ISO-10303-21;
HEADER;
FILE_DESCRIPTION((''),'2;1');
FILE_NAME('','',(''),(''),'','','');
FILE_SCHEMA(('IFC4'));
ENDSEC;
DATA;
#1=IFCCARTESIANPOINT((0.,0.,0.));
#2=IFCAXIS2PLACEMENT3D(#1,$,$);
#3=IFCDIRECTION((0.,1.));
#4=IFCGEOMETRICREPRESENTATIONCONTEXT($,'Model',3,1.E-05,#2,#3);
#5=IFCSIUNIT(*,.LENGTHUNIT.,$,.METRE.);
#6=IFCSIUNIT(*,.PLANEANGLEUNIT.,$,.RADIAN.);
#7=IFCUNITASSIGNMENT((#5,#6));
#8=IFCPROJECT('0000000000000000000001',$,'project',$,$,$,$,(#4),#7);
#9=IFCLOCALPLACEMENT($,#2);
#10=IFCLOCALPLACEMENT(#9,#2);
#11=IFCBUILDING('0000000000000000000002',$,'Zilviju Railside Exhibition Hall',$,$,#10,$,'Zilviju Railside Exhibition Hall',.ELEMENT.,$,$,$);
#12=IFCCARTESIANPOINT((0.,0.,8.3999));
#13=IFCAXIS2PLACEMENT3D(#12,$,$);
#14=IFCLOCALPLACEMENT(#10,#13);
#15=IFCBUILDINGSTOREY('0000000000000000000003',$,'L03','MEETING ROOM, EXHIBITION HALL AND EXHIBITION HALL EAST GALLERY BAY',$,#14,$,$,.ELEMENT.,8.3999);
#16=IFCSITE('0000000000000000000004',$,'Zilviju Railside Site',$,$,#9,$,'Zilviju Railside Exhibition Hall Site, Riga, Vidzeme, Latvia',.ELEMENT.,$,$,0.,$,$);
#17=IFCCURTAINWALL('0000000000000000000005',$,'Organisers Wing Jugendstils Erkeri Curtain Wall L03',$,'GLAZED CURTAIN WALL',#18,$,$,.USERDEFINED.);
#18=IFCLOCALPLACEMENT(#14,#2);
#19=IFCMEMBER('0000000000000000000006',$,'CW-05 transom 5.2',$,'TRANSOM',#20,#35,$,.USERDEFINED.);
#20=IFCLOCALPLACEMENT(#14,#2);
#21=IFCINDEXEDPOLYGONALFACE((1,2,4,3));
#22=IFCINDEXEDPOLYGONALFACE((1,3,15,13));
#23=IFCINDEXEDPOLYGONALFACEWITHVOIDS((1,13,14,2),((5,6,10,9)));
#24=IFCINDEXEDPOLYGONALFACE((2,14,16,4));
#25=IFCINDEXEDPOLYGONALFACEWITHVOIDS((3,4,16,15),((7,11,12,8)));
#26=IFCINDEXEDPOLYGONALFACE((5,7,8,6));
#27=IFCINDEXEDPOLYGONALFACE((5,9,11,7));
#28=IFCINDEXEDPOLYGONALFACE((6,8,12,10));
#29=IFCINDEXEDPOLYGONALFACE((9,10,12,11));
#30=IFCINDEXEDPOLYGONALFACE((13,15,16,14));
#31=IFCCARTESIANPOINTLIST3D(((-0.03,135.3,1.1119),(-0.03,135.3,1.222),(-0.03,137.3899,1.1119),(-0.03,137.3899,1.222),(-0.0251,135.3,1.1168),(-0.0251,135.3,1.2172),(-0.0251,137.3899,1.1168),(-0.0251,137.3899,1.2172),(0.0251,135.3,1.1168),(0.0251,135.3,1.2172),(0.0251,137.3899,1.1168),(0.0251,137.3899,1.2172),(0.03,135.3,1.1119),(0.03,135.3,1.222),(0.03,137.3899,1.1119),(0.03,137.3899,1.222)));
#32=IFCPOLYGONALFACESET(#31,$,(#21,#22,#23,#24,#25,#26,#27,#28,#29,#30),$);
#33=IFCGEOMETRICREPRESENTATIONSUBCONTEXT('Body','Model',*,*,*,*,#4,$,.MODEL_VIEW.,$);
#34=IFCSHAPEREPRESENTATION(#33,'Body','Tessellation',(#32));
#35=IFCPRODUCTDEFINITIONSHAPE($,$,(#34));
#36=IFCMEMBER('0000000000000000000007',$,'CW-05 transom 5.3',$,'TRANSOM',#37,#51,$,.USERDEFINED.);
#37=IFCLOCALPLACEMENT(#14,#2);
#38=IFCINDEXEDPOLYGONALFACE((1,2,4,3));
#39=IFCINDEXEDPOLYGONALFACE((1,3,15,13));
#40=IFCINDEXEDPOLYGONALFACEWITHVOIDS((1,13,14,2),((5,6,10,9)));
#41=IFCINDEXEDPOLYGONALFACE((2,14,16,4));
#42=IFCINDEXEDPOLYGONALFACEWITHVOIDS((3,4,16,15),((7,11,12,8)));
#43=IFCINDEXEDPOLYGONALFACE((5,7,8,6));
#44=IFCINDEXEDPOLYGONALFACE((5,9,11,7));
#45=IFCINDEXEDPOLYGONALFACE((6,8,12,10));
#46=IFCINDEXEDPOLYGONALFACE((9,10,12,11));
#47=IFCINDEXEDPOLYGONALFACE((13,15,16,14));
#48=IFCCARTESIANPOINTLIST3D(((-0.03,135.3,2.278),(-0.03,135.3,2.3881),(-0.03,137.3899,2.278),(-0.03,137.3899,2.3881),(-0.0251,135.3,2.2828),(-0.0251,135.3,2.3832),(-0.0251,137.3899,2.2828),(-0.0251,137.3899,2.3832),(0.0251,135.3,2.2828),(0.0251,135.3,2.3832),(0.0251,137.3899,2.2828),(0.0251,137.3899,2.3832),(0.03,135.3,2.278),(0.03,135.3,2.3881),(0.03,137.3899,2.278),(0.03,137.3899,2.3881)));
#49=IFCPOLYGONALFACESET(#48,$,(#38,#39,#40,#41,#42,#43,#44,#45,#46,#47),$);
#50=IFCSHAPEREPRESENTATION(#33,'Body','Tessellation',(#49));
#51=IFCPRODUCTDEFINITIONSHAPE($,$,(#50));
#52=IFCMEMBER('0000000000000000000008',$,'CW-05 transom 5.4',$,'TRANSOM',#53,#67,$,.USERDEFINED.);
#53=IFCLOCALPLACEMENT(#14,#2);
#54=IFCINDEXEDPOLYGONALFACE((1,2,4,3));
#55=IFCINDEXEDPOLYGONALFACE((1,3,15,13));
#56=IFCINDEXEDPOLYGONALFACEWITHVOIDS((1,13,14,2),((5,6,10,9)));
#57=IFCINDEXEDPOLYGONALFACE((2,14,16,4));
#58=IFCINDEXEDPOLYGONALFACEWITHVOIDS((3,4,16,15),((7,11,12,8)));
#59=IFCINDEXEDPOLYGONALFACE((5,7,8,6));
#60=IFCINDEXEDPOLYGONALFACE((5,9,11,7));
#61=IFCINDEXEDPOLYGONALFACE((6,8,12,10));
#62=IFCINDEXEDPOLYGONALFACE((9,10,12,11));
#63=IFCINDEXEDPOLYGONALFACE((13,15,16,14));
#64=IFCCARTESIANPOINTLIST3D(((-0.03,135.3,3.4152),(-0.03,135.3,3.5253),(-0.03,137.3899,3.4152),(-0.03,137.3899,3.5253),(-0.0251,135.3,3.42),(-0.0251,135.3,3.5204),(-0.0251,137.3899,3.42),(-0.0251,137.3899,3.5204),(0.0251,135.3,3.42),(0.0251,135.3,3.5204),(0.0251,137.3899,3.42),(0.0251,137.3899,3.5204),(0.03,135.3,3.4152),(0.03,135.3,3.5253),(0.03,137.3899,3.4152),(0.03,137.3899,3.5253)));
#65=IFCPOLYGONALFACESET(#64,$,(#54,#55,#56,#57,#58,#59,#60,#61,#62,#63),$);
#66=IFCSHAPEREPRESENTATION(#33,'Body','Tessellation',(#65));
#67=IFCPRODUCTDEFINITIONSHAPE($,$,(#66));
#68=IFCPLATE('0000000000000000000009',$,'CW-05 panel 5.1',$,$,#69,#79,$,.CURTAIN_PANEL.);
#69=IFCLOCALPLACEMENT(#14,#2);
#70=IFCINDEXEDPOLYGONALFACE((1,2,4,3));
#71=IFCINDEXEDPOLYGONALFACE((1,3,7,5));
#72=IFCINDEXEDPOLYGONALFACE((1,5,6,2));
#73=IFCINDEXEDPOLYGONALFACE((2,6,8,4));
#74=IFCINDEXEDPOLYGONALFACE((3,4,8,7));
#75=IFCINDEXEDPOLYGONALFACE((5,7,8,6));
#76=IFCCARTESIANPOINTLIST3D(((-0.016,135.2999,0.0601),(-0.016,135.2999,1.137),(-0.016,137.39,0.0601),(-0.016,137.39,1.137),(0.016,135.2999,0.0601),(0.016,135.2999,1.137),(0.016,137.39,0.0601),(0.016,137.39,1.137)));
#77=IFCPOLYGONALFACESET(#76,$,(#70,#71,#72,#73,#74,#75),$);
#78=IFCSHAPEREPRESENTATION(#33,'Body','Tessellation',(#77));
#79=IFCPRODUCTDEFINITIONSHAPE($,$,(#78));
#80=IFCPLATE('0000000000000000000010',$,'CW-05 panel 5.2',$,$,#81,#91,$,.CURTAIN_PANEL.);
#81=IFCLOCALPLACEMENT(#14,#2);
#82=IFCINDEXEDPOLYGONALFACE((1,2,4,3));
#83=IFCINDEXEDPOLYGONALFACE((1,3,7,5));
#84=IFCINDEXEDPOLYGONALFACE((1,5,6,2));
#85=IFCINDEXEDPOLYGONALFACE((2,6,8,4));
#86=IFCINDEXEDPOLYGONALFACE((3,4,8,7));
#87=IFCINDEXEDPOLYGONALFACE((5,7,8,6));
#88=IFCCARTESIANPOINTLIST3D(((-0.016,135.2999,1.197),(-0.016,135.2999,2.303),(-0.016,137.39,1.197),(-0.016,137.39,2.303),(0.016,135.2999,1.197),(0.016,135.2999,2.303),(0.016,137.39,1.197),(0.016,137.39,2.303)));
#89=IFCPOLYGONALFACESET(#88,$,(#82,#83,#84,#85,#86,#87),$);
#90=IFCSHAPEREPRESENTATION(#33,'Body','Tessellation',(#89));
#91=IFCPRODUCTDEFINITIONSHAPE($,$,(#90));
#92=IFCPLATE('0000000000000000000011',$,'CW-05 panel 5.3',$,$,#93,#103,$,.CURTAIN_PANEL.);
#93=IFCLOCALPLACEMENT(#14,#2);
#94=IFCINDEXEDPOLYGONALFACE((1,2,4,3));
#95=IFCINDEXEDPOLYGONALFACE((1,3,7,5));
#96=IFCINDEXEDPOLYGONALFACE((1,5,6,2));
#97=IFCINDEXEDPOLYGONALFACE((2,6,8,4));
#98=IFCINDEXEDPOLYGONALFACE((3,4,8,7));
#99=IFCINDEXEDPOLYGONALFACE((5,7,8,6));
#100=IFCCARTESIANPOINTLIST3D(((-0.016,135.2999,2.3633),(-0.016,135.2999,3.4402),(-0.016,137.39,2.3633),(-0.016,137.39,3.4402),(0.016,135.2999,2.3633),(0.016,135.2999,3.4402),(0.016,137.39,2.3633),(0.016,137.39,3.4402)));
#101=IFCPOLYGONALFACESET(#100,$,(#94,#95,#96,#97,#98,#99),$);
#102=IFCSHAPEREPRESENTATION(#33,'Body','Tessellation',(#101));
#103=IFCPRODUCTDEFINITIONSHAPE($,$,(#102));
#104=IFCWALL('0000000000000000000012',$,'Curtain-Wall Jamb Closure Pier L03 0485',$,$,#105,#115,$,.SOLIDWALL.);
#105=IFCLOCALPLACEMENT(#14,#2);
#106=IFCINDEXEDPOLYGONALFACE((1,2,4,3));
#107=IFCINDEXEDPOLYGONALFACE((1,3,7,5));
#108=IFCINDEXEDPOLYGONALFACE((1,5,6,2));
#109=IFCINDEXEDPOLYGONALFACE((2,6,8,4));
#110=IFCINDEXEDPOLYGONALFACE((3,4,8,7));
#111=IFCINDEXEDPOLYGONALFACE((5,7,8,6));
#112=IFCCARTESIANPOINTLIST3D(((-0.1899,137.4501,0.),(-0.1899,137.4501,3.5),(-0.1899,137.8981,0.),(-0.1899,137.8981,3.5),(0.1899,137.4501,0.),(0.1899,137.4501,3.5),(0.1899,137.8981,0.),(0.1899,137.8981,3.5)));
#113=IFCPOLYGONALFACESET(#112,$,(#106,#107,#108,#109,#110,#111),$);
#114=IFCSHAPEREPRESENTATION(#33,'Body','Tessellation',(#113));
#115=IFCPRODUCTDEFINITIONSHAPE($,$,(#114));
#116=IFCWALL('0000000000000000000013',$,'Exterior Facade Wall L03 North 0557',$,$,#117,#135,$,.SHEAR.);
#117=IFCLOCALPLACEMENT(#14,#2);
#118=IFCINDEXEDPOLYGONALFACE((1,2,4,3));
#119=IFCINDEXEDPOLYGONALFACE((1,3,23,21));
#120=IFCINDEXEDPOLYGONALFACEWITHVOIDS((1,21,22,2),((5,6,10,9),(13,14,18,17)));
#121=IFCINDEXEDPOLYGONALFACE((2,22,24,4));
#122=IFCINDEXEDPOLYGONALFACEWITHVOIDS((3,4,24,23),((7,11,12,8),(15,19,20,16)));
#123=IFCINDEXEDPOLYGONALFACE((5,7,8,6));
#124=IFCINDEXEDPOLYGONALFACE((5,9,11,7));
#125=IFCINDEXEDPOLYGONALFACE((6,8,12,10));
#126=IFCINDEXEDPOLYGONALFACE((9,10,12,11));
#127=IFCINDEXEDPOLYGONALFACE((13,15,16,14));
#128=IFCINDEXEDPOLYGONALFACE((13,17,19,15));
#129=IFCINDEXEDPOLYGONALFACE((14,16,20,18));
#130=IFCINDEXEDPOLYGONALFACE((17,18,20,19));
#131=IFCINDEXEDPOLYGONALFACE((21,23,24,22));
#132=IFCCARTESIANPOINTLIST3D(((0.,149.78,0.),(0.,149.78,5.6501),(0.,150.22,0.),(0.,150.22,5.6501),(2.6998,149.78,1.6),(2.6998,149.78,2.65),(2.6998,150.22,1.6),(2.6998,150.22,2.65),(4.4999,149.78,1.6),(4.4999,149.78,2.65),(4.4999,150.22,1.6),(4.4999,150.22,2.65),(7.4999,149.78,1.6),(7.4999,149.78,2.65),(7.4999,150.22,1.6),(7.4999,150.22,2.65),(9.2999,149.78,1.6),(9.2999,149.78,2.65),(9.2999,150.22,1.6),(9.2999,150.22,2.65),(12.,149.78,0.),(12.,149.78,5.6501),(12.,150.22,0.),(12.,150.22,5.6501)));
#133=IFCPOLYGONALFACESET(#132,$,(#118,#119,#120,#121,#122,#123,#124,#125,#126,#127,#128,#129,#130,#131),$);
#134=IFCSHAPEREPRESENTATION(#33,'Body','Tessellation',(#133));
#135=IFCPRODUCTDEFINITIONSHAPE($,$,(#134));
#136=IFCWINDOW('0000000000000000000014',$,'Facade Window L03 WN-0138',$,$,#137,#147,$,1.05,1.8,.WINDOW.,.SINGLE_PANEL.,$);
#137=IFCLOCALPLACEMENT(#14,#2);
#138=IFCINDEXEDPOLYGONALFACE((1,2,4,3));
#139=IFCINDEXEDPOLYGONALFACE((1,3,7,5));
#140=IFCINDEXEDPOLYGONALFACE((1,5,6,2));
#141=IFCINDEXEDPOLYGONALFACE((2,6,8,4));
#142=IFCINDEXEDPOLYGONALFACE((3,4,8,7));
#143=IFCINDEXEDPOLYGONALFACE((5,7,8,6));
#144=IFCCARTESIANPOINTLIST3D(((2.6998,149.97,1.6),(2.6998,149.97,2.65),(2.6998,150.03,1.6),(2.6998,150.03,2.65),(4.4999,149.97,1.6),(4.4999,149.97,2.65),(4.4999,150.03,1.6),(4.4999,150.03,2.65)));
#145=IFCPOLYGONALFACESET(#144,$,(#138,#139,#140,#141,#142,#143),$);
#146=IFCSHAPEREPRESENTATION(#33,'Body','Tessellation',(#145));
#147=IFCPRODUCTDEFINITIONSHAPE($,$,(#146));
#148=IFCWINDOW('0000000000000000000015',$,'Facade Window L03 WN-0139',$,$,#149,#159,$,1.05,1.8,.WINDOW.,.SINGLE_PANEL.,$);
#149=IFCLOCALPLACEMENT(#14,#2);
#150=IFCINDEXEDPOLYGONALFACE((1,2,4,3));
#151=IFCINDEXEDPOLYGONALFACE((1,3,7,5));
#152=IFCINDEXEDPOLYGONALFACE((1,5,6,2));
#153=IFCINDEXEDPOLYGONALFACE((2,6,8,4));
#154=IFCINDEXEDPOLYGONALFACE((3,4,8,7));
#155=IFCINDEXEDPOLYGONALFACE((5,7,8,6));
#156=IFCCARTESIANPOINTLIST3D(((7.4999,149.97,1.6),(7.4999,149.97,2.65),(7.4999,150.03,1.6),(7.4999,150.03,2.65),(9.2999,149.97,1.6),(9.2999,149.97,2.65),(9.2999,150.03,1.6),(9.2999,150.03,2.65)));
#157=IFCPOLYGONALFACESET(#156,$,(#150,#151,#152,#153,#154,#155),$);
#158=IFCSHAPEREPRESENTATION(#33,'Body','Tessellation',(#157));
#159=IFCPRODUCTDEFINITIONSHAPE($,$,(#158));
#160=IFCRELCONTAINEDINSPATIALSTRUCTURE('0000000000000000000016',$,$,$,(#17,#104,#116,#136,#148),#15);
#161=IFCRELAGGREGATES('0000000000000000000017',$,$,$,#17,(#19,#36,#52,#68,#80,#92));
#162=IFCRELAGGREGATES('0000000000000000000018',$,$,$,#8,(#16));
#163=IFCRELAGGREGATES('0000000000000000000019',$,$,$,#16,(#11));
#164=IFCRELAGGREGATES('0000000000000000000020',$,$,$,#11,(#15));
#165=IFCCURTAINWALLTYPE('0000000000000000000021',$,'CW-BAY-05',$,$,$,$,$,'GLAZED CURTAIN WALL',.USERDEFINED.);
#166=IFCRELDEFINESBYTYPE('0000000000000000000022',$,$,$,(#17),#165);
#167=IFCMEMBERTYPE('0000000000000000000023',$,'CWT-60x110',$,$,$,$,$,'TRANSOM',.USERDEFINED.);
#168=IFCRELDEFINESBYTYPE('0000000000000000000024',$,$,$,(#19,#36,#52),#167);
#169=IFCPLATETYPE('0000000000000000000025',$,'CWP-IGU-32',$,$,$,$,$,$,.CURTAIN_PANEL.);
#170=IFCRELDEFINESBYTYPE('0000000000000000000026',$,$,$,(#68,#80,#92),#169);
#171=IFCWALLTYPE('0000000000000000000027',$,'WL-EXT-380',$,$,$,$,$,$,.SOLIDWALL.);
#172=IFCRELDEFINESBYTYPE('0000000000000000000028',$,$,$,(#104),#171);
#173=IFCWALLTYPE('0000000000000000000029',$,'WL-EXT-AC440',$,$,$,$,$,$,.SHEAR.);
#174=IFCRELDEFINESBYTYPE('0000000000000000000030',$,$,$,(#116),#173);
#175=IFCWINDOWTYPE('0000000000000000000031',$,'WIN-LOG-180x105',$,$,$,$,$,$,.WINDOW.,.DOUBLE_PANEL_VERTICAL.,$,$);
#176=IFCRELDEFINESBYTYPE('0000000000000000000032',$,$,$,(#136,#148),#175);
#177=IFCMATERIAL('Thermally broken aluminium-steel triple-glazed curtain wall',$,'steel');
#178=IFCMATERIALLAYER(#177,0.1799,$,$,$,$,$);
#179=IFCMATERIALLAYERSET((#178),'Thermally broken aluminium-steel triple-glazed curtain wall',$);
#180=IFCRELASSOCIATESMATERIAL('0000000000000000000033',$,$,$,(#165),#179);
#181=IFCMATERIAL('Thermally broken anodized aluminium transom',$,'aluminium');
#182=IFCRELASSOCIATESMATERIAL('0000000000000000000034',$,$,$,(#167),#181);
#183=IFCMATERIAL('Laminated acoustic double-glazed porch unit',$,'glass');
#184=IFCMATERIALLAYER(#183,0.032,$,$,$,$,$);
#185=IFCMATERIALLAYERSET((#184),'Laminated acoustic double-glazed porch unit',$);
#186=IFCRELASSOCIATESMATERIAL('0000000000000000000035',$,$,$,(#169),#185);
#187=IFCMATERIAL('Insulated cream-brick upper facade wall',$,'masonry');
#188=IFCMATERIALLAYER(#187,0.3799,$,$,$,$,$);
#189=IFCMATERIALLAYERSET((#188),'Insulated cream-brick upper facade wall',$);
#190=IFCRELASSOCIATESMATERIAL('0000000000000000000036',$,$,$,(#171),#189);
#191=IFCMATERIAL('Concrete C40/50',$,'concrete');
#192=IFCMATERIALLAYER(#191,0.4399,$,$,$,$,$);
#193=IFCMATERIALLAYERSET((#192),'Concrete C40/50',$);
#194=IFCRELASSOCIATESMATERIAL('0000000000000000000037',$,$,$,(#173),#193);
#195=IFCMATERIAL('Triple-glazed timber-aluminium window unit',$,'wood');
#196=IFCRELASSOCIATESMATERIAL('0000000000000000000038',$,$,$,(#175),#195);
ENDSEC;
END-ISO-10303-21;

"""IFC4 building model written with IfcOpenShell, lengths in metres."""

from ifc_helpers import new_model, si_unit, direction, frame, frame_2d, origin, origin_2d, place, context, subcontext, project, spatial, rectangle, hollow_rectangle, extrude, material, layer, layer_set, material_profile, profile_set, type_object, element, fill, aggregate, save


model = new_model("IFC4")

# Units and contexts
model_context = context("Model", 3, precision=1e-05, world=origin(), true_north=direction((0.0, 1.0)))
body_context = subcontext(model_context, "Body", "Model", "MODEL_VIEW")
ifc_project = project(units=[si_unit("LENGTHUNIT", "METRE"), si_unit("PLANEANGLEUNIT", "RADIAN")], contexts=[model_context])

# Site, building, storey
site_placement = place(None, origin())
site = spatial("IfcSite", under=ifc_project, at=site_placement, Name="Zilviju Railside Site", LongName="Zilviju Railside Exhibition Hall Site, Riga, Vidzeme, Latvia", CompositionType="ELEMENT", RefElevation=0.0)
building_placement = place(site_placement, origin())
building = spatial("IfcBuilding", under=site, at=building_placement, Name="Zilviju Railside Exhibition Hall", LongName="Zilviju Railside Exhibition Hall", CompositionType="ELEMENT")
storey_placement = place(building_placement, frame((0.0, 0.0, 8.3999)))
storey = spatial("IfcBuildingStorey", under=building, at=storey_placement, Name="L03", Description="MEETING ROOM, EXHIBITION HALL AND EXHIBITION HALL EAST GALLERY BAY", CompositionType="ELEMENT", Elevation=8.3999)

# Curtain wall, members, plates
ifc_material_1 = material(Name="Thermally broken aluminium-steel triple-glazed curtain wall", Category="steel")
ifc_layer_1 = layer(ifc_material_1, 0.1799)
ifc_layer_set_1 = layer_set([ifc_layer_1], Name="Thermally broken aluminium-steel triple-glazed curtain wall")
curtain_wall_type = type_object("IfcCurtainWallType", Name="CW-BAY-05", ElementType="GLAZED CURTAIN WALL", PredefinedType="USERDEFINED", material=ifc_layer_set_1)
curtain_wall_placement = place(storey_placement, origin())
curtain_wall = element("IfcCurtainWall", 1, at=curtain_wall_placement, inside=storey, type_object=curtain_wall_type, Name="Organisers Wing Jugendstils Erkeri Curtain Wall L03", ObjectType="GLAZED CURTAIN WALL", PredefinedType="USERDEFINED")
ifc_material_2 = material(Name="Thermally broken anodized aluminium transom", Category="aluminium")
ifc_material_profile_1 = material_profile(ifc_material_2, hollow_rectangle(XDim=0.0601, YDim=0.1101, WallThickness=0.0049, at=origin_2d()), Name="TRANSOM 110x60x5")
ifc_profile_set_1 = profile_set([ifc_material_profile_1], Name="Thermally broken anodized aluminium transom")
member_type_1 = type_object("IfcMemberType", Name="CWT-60x110", ElementType="TRANSOM", PredefinedType="USERDEFINED", material=ifc_profile_set_1)
member_1_placement = place(storey_placement, frame((0.0, 135.3, 1.167), z_axis=(0.0, 1.0, 0.0), x_axis=(-1.0, 0.0, 0.0)))
member_1 = element("IfcMember", 2, at=member_1_placement, type_object=member_type_1, Name="CW-05 transom 5.2", ObjectType="TRANSOM", PredefinedType="USERDEFINED", context=body_context, shape_type="SweptSolid", body=[
    extrude(hollow_rectangle(XDim=0.0601, YDim=0.1101, WallThickness=0.0049, at=origin_2d()), origin(), (0.0, 0.0, 1.0), 2.0898),
])
member_2_placement = place(storey_placement, frame((0.0, 135.3, 2.333), z_axis=(0.0, 1.0, 0.0), x_axis=(-1.0, 0.0, 0.0)))
member_2 = element("IfcMember", 3, at=member_2_placement, type_object=member_type_1, Name="CW-05 transom 5.3", ObjectType="TRANSOM", PredefinedType="USERDEFINED", context=body_context, shape_type="SweptSolid", body=[
    extrude(hollow_rectangle(XDim=0.0601, YDim=0.1101, WallThickness=0.0049, at=origin_2d()), origin(), (0.0, 0.0, 1.0), 2.0898),
])
member_3_placement = place(storey_placement, frame((0.0, 135.3, 3.4702), z_axis=(0.0, 1.0, 0.0), x_axis=(-1.0, 0.0, 0.0)))
member_3 = element("IfcMember", 4, at=member_3_placement, type_object=member_type_1, Name="CW-05 transom 5.4", ObjectType="TRANSOM", PredefinedType="USERDEFINED", context=body_context, shape_type="SweptSolid", body=[
    extrude(hollow_rectangle(XDim=0.0601, YDim=0.1101, WallThickness=0.0049, at=origin_2d()), origin(), (0.0, 0.0, 1.0), 2.0898),
])
ifc_material_3 = material(Name="Laminated acoustic double-glazed porch unit", Category="glass")
ifc_layer_2 = layer(ifc_material_3, 0.032)
ifc_layer_set_2 = layer_set([ifc_layer_2], Name="Laminated acoustic double-glazed porch unit")
plate_type = type_object("IfcPlateType", Name="CWP-IGU-32", PredefinedType="CURTAIN_PANEL", material=ifc_layer_set_2)
plate_1_placement = place(storey_placement, frame((0.0, 136.345, 0.0601), z_axis=(0.0, 0.0, 1.0), x_axis=(0.0, 1.0, 0.0)))
plate_1 = element("IfcPlate", 5, at=plate_1_placement, type_object=plate_type, Name="CW-05 panel 5.1", PredefinedType="CURTAIN_PANEL", context=body_context, shape_type="SweptSolid", body=[
    extrude(rectangle(XDim=2.0901, YDim=0.032, at=origin_2d()), origin(), (0.0, 0.0, 1.0), 1.0769),
])
plate_2_placement = place(storey_placement, frame((0.0, 136.345, 1.197), z_axis=(0.0, 0.0, 1.0), x_axis=(0.0, 1.0, 0.0)))
plate_2 = element("IfcPlate", 6, at=plate_2_placement, type_object=plate_type, Name="CW-05 panel 5.2", PredefinedType="CURTAIN_PANEL", context=body_context, shape_type="SweptSolid", body=[
    extrude(rectangle(XDim=2.0901, YDim=0.032, at=origin_2d()), origin(), (0.0, 0.0, 1.0), 1.106),
])
plate_3_placement = place(storey_placement, frame((0.0, 136.345, 2.3633), z_axis=(0.0, 0.0, 1.0), x_axis=(0.0, 1.0, 0.0)))
plate_3 = element("IfcPlate", 7, at=plate_3_placement, type_object=plate_type, Name="CW-05 panel 5.3", PredefinedType="CURTAIN_PANEL", context=body_context, shape_type="SweptSolid", body=[
    extrude(rectangle(XDim=2.0901, YDim=0.032, at=origin_2d()), origin(), (0.0, 0.0, 1.0), 1.0769),
])
aggregate(curtain_wall, [member_1, member_2, member_3, plate_1, plate_2, plate_3])

# Wall
ifc_material_4 = material(Name="Insulated cream-brick upper facade wall", Category="masonry")
ifc_layer_3 = layer(ifc_material_4, 0.3799)
ifc_layer_set_3 = layer_set([ifc_layer_3], Name="Insulated cream-brick upper facade wall")
wall_type_1 = type_object("IfcWallType", Name="WL-EXT-380", PredefinedType="SOLIDWALL", material=ifc_layer_set_3)
wall_1_placement = place(storey_placement, frame((0.0, 137.45, 0.0), z_axis=(0.0, 0.0, 1.0), x_axis=(0.0, 1.0, 0.0)))
element("IfcWall", 8, at=wall_1_placement, inside=storey, type_object=wall_type_1, Name="Curtain-Wall Jamb Closure Pier L03 0485", PredefinedType="SOLIDWALL", context=body_context, shape_type="SweptSolid", body=[
    extrude(rectangle(XDim=0.448, YDim=0.3799, at=frame_2d((0.2241, 0.0))), origin(), (0.0, 0.0, 1.0), 3.5),
])

# Wall, openings, windows
ifc_material_5 = material(Name="Concrete C40/50", Category="concrete")
ifc_layer_4 = layer(ifc_material_5, 0.4399)
ifc_layer_set_4 = layer_set([ifc_layer_4], Name="Concrete C40/50")
wall_type_2 = type_object("IfcWallType", Name="WL-EXT-AC440", PredefinedType="SHEAR", material=ifc_layer_set_4)
wall_2_placement = place(storey_placement, frame((0.0, 150.0, 0.0), z_axis=(0.0, 0.0, 1.0), x_axis=(1.0, 0.0, 0.0)))
wall_2 = element("IfcWall", 9, at=wall_2_placement, inside=storey, type_object=wall_type_2, Name="Exterior Facade Wall L03 North 0557", PredefinedType="SHEAR", context=body_context, shape_type="SweptSolid", body=[
    extrude(rectangle(XDim=12.0, YDim=0.4399, at=frame_2d((6.0, 0.0))), origin(), (0.0, 0.0, 1.0), 5.6501),
])
opening_1_placement = place(wall_2_placement, frame((2.7, 0.0, 1.6001)))
opening_1 = element("IfcOpeningElement", 10, at=opening_1_placement, cuts=wall_2, PredefinedType="OPENING", context=body_context, shape_type="SweptSolid", body=[
    extrude(rectangle(XDim=1.8, YDim=1.05, at=frame_2d((0.8999, 0.5249))), frame((0.0, 0.23, 0.0), z_axis=(0.0, -1.0, 0.0), x_axis=(1.0, 0.0, 0.0)), (0.0, 0.0, 1.0), 0.46),
])
opening_2_placement = place(wall_2_placement, frame((7.5, 0.0, 1.6001)))
opening_2 = element("IfcOpeningElement", 11, at=opening_2_placement, cuts=wall_2, PredefinedType="OPENING", context=body_context, shape_type="SweptSolid", body=[
    extrude(rectangle(XDim=1.8, YDim=1.05, at=frame_2d((0.8999, 0.5249))), frame((0.0, 0.23, 0.0), z_axis=(0.0, -1.0, 0.0), x_axis=(1.0, 0.0, 0.0)), (0.0, 0.0, 1.0), 0.46),
])
ifc_material_6 = material(Name="Triple-glazed timber-aluminium window unit", Category="wood")
window_type = type_object("IfcWindowType", Name="WIN-LOG-180x105", PartitioningType="DOUBLE_PANEL_VERTICAL", PredefinedType="WINDOW", material=ifc_material_6)
window_1_placement = place(opening_1_placement, origin())
window_1 = element("IfcWindow", 12, at=window_1_placement, inside=storey, type_object=window_type, Name="Facade Window L03 WN-0138", OverallHeight=1.05, OverallWidth=1.8, PartitioningType="SINGLE_PANEL", PredefinedType="WINDOW", context=body_context, shape_type="SweptSolid", body=[
    extrude(rectangle(XDim=1.8, YDim=1.05, at=frame_2d((0.8999, 0.5249))), frame((0.0, 0.03, 0.0), z_axis=(0.0, -1.0, 0.0), x_axis=(1.0, 0.0, 0.0)), (0.0, 0.0, 1.0), 0.0601),
])
fill(opening_1, window_1)
window_2_placement = place(opening_2_placement, origin())
window_2 = element("IfcWindow", 13, at=window_2_placement, inside=storey, type_object=window_type, Name="Facade Window L03 WN-0139", OverallHeight=1.05, OverallWidth=1.8, PartitioningType="SINGLE_PANEL", PredefinedType="WINDOW", context=body_context, shape_type="SweptSolid", body=[
    extrude(rectangle(XDim=1.8, YDim=1.05, at=frame_2d((0.8999, 0.5249))), frame((0.0, 0.03, 0.0), z_axis=(0.0, -1.0, 0.0), x_axis=(1.0, 0.0, 0.0)), (0.0, 0.0, 1.0), 0.0601),
])
fill(opening_2, window_2)

save(model, "model.ifc")
